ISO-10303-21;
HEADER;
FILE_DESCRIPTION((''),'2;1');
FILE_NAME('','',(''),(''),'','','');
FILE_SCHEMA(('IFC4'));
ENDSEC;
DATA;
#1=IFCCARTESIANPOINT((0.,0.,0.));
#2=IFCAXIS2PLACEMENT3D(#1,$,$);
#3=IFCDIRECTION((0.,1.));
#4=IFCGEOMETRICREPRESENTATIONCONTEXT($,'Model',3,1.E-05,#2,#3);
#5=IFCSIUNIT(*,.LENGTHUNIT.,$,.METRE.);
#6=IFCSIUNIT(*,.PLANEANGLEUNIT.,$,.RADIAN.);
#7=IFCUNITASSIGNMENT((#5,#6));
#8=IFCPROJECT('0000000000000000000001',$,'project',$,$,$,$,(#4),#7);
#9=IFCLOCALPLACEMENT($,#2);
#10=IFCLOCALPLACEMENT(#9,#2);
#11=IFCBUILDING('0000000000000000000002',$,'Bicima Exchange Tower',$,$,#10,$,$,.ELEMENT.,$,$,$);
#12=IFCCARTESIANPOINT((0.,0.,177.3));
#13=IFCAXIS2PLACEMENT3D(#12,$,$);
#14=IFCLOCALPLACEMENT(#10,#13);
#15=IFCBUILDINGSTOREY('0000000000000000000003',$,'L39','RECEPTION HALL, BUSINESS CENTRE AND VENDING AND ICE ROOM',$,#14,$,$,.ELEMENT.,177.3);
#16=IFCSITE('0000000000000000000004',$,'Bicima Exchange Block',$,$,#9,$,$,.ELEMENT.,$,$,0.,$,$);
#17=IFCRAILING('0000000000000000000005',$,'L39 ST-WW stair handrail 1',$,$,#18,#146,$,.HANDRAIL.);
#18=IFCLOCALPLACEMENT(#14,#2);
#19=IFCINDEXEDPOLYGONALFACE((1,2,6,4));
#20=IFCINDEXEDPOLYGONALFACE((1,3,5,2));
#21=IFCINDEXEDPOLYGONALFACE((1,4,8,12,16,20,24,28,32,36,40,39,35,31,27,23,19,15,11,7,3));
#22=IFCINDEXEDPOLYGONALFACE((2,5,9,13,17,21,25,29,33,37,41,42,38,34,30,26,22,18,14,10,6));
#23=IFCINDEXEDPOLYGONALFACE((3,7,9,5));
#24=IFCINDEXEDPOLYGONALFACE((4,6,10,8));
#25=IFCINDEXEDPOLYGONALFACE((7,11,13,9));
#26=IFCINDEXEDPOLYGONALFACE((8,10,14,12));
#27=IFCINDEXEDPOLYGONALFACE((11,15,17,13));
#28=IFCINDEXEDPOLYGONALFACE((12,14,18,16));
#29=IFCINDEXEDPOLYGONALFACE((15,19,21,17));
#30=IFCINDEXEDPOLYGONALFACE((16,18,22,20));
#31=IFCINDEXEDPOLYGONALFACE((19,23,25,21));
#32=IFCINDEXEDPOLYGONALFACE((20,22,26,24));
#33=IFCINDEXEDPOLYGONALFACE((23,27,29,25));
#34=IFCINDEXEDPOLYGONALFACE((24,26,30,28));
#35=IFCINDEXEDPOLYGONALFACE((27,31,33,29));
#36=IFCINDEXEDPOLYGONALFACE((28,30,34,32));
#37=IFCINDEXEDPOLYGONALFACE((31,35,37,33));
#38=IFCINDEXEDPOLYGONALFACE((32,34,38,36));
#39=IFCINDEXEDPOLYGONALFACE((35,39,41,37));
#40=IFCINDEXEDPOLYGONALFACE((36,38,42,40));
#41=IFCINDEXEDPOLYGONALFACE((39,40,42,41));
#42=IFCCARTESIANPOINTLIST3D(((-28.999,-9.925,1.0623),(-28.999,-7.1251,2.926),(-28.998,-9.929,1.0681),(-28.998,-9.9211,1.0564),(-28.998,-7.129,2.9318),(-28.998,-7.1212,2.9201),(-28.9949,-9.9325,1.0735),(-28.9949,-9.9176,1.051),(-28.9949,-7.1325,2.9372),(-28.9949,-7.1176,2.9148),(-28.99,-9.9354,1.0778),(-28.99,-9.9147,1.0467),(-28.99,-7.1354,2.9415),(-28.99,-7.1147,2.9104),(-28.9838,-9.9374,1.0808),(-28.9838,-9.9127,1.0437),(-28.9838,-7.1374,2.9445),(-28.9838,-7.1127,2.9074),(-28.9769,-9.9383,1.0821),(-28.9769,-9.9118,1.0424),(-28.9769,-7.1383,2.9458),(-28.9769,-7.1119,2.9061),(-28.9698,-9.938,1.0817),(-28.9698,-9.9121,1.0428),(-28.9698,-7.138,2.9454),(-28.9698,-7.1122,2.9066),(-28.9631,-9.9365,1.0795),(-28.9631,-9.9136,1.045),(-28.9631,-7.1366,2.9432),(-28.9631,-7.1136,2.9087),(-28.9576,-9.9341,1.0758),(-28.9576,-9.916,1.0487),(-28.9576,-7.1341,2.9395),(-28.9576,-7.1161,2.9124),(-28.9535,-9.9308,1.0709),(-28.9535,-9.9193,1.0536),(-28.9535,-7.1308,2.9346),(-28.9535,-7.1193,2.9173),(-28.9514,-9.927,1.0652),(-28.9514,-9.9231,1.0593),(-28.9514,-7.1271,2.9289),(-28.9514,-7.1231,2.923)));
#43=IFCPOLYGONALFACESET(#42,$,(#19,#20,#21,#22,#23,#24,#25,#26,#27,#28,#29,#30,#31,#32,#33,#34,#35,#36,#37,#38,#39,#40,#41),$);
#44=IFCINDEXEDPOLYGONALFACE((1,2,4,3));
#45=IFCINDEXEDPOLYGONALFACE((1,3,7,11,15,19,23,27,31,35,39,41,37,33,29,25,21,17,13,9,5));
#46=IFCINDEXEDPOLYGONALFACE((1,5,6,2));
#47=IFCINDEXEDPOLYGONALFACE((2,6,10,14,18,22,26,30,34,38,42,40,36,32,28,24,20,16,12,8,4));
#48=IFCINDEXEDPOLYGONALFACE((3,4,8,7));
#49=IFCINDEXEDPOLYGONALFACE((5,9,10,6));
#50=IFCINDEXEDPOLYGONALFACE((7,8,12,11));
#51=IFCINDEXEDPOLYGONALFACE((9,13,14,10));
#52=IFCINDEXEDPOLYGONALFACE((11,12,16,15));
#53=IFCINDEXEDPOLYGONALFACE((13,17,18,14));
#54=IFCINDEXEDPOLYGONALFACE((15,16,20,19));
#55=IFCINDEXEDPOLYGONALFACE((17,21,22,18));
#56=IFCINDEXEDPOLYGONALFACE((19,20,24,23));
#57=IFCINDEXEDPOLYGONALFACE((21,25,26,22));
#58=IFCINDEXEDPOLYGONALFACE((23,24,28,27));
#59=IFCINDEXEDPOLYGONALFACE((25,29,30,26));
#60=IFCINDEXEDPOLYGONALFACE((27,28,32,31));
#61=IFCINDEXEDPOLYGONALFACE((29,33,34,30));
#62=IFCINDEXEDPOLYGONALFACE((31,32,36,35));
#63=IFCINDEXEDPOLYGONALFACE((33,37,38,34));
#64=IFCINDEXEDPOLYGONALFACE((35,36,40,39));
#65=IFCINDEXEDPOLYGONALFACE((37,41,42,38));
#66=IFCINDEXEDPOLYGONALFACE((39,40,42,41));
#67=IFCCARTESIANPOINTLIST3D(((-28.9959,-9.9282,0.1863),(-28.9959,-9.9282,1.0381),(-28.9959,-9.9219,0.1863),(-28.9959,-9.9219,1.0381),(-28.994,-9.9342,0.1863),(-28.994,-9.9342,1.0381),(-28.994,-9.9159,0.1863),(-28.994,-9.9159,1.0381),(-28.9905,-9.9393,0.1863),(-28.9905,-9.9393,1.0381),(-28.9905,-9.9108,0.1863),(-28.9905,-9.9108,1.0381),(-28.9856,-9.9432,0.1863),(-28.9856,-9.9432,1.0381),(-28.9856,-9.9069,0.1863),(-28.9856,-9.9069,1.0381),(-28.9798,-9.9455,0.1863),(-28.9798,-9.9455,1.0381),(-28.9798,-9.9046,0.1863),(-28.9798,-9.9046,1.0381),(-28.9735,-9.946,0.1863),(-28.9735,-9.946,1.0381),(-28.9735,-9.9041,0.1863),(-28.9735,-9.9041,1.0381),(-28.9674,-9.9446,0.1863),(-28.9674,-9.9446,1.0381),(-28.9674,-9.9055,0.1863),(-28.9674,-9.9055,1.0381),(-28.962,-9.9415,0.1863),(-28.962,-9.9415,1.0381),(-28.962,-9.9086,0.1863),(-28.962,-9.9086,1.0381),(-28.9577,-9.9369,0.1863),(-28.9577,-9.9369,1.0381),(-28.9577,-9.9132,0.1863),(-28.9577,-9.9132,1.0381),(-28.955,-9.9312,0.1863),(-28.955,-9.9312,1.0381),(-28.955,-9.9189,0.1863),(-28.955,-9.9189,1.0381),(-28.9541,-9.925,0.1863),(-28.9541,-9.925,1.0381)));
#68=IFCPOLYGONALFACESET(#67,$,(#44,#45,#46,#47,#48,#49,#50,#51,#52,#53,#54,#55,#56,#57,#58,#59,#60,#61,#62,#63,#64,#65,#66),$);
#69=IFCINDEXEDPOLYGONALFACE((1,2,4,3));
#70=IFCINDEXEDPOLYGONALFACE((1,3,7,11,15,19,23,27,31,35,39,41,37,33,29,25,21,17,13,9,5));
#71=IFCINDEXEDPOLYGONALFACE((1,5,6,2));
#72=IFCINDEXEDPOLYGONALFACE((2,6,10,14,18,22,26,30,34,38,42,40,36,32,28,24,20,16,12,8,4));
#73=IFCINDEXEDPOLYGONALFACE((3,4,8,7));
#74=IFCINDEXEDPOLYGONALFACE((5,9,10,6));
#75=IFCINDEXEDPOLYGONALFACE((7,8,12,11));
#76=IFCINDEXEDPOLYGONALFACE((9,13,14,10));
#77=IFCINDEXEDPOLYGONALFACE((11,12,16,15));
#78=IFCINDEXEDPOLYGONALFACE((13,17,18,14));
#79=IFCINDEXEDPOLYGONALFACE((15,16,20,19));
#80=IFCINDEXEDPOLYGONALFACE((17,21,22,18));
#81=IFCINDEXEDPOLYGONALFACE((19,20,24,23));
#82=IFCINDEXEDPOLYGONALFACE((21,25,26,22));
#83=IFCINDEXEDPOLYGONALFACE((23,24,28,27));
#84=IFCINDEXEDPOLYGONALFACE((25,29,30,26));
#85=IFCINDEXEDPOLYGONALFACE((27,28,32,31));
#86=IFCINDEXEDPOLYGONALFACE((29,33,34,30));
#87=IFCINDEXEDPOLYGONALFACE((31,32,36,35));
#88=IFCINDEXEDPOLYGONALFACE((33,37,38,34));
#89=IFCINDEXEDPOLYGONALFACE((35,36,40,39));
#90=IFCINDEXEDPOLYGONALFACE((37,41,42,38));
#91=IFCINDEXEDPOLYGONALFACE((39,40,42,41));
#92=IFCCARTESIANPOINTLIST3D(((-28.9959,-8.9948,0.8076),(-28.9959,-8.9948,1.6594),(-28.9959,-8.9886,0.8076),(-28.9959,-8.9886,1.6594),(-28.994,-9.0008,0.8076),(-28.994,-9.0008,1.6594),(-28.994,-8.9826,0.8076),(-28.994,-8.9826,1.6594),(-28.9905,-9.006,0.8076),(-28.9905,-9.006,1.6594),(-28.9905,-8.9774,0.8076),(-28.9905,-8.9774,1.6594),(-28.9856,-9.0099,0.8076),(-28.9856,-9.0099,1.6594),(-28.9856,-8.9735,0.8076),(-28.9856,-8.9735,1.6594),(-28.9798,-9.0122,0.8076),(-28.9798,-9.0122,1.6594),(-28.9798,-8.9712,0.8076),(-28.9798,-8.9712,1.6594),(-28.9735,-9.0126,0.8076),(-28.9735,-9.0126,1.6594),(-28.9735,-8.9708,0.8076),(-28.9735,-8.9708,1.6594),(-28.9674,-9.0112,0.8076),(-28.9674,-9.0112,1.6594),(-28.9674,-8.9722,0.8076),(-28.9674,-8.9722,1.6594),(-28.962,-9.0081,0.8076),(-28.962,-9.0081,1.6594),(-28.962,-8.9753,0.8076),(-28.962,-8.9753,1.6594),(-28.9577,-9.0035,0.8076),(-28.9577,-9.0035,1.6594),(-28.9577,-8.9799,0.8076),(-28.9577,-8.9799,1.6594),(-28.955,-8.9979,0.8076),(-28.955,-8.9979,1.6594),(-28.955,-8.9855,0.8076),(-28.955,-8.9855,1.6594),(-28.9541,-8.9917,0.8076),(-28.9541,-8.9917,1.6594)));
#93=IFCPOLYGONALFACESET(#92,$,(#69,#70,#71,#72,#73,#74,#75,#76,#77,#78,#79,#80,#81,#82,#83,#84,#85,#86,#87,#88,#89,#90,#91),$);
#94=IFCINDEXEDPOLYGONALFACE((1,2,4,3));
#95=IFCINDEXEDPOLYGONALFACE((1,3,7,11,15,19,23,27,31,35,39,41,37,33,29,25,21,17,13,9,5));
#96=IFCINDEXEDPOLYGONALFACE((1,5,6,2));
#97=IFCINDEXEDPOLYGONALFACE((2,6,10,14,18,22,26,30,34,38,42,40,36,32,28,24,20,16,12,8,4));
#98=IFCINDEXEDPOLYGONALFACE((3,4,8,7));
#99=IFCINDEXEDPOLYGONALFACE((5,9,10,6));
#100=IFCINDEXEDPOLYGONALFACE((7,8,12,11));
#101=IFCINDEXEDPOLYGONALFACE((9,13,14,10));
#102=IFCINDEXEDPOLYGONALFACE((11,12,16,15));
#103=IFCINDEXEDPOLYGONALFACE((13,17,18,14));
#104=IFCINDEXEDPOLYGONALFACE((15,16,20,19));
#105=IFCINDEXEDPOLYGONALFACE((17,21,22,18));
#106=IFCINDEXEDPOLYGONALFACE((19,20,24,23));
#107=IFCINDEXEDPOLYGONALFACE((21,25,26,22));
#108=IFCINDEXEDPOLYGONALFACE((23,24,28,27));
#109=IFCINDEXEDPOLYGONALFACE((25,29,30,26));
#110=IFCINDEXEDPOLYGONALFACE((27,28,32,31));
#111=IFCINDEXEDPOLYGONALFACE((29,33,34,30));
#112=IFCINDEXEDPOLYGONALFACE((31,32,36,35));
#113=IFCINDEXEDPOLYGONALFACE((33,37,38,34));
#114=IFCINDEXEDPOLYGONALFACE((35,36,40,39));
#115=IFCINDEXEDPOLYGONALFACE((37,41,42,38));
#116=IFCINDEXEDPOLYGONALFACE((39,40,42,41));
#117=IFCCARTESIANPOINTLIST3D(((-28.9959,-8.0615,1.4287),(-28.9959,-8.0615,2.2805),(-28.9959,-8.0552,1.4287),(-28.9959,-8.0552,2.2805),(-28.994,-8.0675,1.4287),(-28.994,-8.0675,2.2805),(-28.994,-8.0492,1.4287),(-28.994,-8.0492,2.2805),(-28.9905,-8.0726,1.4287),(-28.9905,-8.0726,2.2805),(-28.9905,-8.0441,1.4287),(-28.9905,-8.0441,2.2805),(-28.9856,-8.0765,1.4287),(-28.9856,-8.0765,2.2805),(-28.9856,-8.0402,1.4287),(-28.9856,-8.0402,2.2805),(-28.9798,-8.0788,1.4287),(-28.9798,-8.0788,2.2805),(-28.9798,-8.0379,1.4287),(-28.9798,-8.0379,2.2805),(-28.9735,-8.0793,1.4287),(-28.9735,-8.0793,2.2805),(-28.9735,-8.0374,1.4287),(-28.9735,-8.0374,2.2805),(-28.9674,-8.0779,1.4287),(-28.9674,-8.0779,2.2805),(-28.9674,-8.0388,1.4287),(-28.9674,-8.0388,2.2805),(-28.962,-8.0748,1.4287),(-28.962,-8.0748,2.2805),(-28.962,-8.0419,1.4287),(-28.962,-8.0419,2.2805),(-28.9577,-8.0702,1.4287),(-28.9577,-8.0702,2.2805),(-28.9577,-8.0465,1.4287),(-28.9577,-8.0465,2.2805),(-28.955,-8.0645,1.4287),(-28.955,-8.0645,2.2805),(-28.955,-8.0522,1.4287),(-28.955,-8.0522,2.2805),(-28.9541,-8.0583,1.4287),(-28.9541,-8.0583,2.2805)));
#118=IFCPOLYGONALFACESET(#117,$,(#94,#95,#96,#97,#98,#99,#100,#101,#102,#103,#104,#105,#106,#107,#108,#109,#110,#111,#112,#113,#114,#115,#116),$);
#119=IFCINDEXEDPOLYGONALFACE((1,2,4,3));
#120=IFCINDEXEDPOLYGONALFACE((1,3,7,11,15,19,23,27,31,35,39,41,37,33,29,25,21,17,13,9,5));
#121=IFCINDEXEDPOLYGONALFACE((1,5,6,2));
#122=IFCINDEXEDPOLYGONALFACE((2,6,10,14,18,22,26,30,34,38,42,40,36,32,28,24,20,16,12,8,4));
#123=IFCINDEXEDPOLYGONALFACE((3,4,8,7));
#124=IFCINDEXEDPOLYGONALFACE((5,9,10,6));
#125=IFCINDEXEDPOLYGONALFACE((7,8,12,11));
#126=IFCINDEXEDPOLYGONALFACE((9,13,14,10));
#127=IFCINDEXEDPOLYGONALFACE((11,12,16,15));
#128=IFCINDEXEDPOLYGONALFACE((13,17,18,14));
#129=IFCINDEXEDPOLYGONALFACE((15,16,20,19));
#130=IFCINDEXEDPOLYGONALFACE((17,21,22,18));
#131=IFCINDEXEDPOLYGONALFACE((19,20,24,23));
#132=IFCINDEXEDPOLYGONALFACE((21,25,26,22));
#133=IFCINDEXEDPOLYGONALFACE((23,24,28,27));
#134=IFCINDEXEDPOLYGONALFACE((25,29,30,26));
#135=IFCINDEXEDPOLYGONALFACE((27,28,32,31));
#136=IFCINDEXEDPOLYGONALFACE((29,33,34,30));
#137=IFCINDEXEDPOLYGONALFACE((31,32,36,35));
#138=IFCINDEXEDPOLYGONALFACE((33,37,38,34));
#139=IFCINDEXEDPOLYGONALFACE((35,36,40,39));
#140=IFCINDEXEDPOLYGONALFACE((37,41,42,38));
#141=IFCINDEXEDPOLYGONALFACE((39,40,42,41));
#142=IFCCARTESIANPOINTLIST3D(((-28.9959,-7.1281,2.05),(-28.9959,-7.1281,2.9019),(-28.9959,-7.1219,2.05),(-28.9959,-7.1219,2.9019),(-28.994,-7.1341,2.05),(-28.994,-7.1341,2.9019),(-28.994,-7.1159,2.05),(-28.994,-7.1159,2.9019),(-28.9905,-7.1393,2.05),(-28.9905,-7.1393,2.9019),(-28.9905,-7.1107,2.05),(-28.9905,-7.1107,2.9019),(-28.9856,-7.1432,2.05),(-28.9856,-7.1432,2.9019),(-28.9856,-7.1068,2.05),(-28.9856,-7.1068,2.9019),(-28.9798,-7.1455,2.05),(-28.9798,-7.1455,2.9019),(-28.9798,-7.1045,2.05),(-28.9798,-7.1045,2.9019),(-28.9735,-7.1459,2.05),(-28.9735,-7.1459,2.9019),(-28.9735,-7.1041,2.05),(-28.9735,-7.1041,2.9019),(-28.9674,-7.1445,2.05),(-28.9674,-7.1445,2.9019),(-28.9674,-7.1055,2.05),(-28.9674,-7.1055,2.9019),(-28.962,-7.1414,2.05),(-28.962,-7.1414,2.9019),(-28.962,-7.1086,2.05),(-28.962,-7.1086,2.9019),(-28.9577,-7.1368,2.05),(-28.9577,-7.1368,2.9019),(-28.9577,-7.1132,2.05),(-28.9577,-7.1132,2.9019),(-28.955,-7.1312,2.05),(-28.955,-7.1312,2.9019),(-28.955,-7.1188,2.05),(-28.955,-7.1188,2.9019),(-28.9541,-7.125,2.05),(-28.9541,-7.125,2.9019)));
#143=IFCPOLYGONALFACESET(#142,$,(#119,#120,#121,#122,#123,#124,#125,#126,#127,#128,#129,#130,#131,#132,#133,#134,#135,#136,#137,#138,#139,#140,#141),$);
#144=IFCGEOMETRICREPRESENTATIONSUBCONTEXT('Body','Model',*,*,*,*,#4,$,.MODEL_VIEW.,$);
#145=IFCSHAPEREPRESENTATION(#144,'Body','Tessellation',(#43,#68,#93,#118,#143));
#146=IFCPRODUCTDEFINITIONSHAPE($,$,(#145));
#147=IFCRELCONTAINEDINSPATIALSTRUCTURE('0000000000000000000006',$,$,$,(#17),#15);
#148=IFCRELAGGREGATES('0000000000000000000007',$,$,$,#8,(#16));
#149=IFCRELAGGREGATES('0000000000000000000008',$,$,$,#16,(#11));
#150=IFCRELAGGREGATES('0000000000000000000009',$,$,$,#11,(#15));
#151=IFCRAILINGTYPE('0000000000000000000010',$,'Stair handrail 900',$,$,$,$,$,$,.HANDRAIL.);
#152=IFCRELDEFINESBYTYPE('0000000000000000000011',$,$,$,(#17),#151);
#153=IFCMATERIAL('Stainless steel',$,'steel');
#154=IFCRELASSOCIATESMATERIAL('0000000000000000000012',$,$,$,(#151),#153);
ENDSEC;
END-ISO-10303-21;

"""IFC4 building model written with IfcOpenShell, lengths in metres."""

from ifc_helpers import new_model, si_unit, direction, frame, origin, origin_2d, place, context, subcontext, project, spatial, circle, extrude, material, type_object, element, save


model = new_model("IFC4")

# Units and contexts
model_context = context("Model", 3, precision=1e-05, world=origin(), true_north=direction((0.0, 1.0)))
body_context = subcontext(model_context, "Body", "Model", "MODEL_VIEW")
ifc_project = project(units=[si_unit("LENGTHUNIT", "METRE"), si_unit("PLANEANGLEUNIT", "RADIAN")], contexts=[model_context])

# Site, building, storey
site_placement = place(None, origin())
site = spatial("IfcSite", under=ifc_project, at=site_placement, Name="Bicima Exchange Block", CompositionType="ELEMENT", RefElevation=0.0)
building_placement = place(site_placement, origin())
building = spatial("IfcBuilding", under=site, at=building_placement, Name="Bicima Exchange Tower", CompositionType="ELEMENT")
storey_placement = place(building_placement, frame((0.0, 0.0, 177.3)))
storey = spatial("IfcBuildingStorey", under=building, at=storey_placement, Name="L39", Description="RECEPTION HALL, BUSINESS CENTRE AND VENDING AND ICE ROOM", CompositionType="ELEMENT", Elevation=177.3)

# Railing
ifc_material_1 = material(Name="Stainless steel", Category="steel")
railing_type_1 = type_object("IfcRailingType", Name="Stair handrail 900", PredefinedType="HANDRAIL", material=ifc_material_1)
railing_1_placement = place(storey_placement, frame((-28.9751, -9.925, 0.1863)))
element("IfcRailing", 1, at=railing_1_placement, inside=storey, type_object=railing_type_1, Name="L39 ST-WW stair handrail 1", PredefinedType="HANDRAIL", context=body_context, shape_type="SweptSolid", body=[
    extrude(circle(Radius=0.0239, at=origin_2d()), frame((0.0, 0.0, 0.876), z_axis=(0.0, 0.832452, 0.554097), x_axis=(-1.0, 0.0, 0.0)), (0.0, 0.0, 1.0), 3.3635),
    extrude(circle(Radius=0.021, at=origin_2d()), origin(), (0.0, 0.0, 1.0), 0.8518),
    extrude(circle(Radius=0.021, at=origin_2d()), frame((0.0, 0.9333, 0.6213)), (0.0, 0.0, 1.0), 0.8518),
    extrude(circle(Radius=0.021, at=origin_2d()), frame((0.0, 1.8667, 1.2424)), (0.0, 0.0, 1.0), 0.8518),
    extrude(circle(Radius=0.021, at=origin_2d()), frame((0.0, 2.8, 1.8638)), (0.0, 0.0, 1.0), 0.8518),
])

save(model, "model.ifc")
